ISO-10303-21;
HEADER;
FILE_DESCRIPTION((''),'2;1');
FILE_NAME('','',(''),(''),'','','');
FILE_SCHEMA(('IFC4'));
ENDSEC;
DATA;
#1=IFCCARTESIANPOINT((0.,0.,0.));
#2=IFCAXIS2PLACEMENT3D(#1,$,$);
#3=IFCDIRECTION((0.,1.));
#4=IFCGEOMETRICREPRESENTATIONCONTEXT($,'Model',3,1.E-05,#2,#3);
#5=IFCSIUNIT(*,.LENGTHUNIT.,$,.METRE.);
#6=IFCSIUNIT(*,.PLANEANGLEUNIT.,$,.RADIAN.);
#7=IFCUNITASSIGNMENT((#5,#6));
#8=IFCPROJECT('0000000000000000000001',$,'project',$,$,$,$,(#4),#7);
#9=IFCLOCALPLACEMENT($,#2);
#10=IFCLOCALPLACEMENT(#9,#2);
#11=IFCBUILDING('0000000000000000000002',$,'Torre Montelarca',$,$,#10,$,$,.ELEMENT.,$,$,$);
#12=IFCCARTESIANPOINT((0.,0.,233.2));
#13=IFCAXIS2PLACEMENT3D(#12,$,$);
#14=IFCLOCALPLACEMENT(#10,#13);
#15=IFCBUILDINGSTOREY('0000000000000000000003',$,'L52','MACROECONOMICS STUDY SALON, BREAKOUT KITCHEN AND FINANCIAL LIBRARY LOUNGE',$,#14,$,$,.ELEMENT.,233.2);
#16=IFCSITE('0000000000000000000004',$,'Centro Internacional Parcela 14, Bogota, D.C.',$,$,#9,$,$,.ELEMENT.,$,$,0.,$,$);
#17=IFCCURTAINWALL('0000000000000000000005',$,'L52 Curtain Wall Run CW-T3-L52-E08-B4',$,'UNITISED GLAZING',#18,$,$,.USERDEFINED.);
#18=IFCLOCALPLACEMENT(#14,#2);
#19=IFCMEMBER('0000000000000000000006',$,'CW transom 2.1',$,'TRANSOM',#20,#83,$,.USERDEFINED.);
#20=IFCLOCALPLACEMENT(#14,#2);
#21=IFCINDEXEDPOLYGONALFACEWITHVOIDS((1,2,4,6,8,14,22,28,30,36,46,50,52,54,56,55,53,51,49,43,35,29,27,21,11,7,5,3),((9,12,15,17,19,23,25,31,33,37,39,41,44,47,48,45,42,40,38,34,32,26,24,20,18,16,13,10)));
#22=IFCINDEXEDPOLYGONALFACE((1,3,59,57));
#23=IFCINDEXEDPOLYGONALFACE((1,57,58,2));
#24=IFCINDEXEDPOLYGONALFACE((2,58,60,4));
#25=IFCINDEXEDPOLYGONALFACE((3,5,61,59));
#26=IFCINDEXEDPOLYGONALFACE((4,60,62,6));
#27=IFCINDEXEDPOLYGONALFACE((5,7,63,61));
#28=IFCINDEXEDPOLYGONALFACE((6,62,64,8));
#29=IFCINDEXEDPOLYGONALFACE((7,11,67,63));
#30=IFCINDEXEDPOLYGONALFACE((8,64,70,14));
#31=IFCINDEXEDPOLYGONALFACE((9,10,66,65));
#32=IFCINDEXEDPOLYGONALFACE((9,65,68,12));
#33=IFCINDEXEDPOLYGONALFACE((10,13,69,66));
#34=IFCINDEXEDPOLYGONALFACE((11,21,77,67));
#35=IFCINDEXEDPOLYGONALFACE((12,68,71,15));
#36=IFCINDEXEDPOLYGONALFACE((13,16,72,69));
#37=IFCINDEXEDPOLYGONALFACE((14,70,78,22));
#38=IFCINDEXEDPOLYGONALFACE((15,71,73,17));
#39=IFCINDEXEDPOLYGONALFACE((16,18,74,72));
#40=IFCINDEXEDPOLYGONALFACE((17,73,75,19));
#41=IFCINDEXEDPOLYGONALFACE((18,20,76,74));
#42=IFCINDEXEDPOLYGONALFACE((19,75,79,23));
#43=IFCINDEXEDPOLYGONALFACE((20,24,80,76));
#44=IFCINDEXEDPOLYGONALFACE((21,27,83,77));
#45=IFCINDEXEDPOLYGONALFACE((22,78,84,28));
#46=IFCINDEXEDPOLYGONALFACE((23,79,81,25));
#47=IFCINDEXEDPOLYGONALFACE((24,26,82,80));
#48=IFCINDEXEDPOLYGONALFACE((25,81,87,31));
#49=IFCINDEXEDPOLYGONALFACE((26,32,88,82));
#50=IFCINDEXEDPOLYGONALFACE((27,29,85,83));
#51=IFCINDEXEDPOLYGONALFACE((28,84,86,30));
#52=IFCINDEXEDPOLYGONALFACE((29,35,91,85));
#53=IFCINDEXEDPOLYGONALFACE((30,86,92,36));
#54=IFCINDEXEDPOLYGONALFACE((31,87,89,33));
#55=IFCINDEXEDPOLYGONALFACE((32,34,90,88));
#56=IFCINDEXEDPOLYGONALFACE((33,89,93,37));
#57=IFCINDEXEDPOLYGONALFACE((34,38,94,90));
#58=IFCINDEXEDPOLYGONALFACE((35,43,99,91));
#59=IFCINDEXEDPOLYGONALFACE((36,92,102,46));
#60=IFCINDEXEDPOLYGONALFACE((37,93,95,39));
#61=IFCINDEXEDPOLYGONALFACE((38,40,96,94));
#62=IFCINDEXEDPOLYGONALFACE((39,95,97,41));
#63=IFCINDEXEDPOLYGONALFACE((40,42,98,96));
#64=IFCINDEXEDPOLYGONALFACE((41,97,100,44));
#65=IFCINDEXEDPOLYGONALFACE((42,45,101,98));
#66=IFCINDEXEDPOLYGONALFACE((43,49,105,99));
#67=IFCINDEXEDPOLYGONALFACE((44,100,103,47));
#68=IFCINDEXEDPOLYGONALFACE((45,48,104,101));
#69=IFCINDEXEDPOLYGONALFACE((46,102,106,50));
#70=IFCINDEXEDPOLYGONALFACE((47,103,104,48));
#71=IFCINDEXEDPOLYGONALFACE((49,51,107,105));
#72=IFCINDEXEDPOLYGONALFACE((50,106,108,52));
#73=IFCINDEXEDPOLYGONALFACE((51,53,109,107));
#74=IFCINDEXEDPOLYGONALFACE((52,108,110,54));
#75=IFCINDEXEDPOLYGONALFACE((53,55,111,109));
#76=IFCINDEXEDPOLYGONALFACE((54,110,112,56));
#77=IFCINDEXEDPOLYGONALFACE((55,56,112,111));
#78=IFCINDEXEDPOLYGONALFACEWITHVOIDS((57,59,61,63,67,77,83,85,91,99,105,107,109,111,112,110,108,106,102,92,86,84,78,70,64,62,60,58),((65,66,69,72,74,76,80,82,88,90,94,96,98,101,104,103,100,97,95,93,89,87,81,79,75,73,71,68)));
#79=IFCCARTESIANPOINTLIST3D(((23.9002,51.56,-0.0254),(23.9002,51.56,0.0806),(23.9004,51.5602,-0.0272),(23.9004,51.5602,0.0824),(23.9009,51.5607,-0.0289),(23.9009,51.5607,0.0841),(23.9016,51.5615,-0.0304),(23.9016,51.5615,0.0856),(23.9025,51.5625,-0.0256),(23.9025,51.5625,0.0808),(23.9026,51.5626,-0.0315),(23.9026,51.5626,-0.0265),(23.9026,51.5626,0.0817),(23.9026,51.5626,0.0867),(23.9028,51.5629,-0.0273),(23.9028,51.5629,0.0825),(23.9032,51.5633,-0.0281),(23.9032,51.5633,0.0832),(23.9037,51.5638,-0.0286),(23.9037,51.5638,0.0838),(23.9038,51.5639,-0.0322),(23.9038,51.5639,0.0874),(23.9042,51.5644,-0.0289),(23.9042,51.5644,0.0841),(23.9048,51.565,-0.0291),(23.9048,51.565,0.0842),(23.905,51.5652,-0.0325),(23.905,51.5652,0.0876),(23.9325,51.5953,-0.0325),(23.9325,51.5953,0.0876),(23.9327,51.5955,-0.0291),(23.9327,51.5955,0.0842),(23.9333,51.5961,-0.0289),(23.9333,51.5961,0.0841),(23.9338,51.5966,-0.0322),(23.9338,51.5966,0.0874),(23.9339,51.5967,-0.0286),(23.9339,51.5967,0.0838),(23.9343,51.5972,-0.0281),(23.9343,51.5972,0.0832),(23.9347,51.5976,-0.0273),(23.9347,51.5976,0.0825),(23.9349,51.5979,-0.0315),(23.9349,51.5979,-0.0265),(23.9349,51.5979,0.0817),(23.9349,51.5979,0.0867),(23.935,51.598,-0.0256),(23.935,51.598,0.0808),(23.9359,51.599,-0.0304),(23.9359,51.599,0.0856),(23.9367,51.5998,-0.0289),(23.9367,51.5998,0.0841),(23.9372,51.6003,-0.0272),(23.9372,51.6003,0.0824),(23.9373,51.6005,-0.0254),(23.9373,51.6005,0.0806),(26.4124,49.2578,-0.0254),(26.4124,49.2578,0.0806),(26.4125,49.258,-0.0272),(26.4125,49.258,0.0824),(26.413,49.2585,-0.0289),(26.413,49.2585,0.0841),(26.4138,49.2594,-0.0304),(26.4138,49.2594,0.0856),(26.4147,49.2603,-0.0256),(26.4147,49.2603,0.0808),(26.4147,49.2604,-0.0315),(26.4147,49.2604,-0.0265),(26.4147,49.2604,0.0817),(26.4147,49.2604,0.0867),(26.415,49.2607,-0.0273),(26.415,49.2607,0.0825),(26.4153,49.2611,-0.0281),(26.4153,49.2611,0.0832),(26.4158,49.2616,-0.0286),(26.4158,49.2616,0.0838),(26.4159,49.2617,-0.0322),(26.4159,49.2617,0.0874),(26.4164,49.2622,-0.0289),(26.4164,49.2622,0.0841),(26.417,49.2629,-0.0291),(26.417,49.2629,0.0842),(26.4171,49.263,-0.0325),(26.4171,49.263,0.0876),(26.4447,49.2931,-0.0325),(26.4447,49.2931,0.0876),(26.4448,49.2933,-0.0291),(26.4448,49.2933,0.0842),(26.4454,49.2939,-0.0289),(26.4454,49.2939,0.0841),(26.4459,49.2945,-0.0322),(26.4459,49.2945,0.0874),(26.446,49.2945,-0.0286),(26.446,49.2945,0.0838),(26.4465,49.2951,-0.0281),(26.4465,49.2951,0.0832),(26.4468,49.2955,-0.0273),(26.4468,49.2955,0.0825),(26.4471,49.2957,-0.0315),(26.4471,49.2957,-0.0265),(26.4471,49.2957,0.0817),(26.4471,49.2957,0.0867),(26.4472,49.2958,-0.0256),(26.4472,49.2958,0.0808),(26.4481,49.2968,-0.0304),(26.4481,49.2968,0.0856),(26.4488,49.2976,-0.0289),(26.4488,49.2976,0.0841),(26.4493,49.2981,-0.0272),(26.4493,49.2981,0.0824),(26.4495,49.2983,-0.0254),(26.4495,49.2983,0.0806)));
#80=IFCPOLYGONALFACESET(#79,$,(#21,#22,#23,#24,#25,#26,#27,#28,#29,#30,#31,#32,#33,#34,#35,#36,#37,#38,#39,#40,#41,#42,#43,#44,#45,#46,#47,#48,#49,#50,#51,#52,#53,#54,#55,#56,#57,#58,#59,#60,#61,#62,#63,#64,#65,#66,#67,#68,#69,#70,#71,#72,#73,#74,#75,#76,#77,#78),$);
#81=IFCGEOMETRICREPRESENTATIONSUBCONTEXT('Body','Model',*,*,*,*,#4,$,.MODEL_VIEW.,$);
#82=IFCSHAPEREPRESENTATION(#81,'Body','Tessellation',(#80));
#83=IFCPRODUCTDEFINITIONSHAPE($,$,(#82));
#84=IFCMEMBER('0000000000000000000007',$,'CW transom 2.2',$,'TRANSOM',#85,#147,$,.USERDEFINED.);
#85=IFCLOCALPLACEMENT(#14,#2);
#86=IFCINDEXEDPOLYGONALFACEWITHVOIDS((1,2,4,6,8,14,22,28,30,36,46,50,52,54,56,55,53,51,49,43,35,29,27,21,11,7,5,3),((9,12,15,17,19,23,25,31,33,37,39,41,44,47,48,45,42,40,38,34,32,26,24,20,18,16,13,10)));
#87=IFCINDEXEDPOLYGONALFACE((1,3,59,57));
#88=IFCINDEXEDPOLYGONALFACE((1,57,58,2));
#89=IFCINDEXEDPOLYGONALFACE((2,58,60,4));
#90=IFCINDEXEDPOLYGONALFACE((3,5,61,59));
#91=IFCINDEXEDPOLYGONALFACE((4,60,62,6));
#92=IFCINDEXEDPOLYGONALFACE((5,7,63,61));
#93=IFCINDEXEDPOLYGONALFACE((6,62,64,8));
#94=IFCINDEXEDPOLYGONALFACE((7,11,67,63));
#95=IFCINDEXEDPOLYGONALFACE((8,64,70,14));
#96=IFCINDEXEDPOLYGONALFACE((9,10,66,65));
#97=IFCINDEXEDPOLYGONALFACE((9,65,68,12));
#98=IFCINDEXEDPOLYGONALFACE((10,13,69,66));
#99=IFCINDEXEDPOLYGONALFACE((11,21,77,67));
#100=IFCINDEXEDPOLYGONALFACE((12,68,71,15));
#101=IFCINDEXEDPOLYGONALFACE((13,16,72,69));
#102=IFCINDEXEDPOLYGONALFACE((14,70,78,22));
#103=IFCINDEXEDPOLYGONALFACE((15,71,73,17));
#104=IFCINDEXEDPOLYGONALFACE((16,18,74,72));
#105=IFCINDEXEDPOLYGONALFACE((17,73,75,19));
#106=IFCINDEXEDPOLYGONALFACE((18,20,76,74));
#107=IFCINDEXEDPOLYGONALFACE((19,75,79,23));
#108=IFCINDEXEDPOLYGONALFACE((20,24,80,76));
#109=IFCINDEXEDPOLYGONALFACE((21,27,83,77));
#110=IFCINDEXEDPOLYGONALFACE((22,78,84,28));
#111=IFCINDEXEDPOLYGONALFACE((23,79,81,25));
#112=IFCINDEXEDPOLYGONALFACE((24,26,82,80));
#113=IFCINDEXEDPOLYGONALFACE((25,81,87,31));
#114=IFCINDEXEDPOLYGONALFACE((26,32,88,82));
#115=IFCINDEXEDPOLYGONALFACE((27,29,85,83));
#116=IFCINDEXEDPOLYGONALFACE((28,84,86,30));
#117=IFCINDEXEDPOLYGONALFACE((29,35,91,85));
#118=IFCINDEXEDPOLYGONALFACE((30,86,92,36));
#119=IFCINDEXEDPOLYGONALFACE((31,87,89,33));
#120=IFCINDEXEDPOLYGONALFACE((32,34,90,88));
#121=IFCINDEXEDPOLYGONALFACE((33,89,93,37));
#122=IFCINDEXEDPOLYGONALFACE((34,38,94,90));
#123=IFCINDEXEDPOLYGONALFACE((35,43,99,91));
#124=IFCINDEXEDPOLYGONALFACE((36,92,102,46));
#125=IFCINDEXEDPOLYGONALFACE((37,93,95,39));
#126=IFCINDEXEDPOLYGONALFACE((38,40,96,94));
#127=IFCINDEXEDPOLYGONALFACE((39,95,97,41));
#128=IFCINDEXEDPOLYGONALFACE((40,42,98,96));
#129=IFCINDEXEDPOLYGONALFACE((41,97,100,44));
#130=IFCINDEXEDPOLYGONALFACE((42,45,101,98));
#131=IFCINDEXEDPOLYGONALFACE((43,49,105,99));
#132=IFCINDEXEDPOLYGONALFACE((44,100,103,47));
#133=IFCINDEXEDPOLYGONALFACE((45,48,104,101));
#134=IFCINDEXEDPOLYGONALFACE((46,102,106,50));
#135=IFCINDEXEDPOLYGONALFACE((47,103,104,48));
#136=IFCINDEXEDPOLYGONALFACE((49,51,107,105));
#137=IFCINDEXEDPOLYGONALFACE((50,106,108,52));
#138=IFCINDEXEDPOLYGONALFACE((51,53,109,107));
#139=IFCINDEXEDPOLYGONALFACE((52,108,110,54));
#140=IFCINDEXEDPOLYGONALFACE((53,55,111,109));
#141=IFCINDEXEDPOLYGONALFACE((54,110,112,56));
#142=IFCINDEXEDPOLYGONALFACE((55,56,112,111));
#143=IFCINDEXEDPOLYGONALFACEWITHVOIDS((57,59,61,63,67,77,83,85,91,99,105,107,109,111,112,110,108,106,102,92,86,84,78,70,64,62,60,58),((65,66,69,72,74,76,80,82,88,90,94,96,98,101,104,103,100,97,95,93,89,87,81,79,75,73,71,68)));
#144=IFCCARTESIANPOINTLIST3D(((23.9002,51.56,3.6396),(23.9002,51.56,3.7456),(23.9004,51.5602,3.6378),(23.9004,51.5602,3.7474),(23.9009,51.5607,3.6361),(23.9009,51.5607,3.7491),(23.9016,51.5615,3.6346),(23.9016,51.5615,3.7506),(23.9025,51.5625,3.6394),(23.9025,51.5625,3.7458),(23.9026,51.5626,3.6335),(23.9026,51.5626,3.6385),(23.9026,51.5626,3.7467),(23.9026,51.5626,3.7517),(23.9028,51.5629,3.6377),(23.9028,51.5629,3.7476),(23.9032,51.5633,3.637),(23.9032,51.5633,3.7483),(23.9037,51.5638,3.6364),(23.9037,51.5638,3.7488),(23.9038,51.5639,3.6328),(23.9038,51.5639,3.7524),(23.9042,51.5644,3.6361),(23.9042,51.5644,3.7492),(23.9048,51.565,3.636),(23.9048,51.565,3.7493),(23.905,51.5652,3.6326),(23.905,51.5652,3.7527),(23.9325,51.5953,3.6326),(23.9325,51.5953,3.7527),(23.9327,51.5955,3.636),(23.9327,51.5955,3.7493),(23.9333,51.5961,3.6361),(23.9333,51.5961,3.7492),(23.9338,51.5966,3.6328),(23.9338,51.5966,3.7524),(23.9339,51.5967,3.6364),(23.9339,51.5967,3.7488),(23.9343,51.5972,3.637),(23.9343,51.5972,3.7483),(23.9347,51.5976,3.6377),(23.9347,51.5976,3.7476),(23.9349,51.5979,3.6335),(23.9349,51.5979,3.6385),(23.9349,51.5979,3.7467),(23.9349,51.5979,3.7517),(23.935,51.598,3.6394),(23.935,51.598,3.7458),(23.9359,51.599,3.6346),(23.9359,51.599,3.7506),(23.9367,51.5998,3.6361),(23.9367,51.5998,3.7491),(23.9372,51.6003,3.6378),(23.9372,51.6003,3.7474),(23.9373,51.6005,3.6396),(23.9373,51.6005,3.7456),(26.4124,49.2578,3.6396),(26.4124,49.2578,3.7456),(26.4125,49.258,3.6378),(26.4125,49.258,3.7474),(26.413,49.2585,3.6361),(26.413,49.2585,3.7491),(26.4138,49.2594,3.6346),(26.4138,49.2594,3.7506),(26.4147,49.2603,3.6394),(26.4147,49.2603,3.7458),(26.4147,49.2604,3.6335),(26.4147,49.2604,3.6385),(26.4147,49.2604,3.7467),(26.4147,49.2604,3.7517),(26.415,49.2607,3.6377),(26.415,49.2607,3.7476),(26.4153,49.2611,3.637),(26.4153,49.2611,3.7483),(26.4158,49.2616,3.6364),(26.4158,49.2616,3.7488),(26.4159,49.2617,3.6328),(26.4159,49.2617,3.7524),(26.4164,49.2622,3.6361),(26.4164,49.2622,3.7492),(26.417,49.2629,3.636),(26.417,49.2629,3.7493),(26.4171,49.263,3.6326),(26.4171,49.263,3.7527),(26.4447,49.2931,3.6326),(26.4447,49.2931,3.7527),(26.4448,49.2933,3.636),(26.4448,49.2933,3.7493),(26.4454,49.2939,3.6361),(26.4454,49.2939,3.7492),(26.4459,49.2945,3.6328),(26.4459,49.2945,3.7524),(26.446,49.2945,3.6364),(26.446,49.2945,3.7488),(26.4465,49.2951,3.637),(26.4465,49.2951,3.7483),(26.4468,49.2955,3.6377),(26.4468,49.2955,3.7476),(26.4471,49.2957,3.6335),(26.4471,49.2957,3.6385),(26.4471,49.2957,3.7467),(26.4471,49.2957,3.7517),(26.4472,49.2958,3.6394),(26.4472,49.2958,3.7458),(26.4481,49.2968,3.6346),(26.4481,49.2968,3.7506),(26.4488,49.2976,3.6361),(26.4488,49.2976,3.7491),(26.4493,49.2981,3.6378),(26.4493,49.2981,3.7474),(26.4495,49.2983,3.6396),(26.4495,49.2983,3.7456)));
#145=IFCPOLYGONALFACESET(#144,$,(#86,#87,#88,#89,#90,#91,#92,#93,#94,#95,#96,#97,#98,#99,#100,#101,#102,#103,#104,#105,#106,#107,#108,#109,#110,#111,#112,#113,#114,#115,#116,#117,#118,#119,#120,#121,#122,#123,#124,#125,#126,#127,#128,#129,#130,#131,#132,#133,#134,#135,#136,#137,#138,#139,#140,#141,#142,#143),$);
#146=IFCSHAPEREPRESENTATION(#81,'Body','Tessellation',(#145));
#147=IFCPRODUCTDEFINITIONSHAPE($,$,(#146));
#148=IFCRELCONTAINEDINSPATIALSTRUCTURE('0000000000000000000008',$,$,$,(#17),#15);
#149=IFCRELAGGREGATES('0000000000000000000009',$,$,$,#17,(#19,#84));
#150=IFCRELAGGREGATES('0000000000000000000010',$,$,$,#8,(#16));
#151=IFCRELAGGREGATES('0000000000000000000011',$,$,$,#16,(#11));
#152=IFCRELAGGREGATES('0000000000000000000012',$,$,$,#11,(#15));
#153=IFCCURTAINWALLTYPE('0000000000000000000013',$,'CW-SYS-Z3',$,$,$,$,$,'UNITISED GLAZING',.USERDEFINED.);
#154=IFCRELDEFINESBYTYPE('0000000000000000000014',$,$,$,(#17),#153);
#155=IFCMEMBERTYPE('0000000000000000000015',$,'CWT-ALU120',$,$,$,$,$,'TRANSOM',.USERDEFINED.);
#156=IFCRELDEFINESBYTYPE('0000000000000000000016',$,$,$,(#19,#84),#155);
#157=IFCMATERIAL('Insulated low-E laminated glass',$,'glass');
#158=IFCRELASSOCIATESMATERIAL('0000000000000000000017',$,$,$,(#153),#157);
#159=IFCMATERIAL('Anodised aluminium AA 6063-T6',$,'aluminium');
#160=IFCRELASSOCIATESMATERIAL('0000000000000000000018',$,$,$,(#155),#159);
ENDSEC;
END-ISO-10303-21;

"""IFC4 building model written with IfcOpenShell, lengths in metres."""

from ifc_helpers import new_model, si_unit, direction, frame, origin, origin_2d, place, context, subcontext, project, spatial, hollow_rectangle, extrude, source, transform, mapped, material, material_profile, profile_set, type_object, element, aggregate, save


model = new_model("IFC4")

# Units and contexts
model_context = context("Model", 3, precision=1e-05, world=origin(), true_north=direction((0.0, 1.0)))
body_context = subcontext(model_context, "Body", "Model", "MODEL_VIEW")
ifc_project = project(units=[si_unit("LENGTHUNIT", "METRE"), si_unit("PLANEANGLEUNIT", "RADIAN")], contexts=[model_context])

# Site, building, storey
site_placement = place(None, origin())
site = spatial("IfcSite", under=ifc_project, at=site_placement, Name="Centro Internacional Parcela 14, Bogota, D.C.", CompositionType="ELEMENT", RefElevation=0.0)
building_placement = place(site_placement, origin())
building = spatial("IfcBuilding", under=site, at=building_placement, Name="Torre Montelarca", CompositionType="ELEMENT")
storey_placement = place(building_placement, frame((0.0, 0.0, 233.2)))
storey = spatial("IfcBuildingStorey", under=building, at=storey_placement, Name="L52", Description="MACROECONOMICS STUDY SALON, BREAKOUT KITCHEN AND FINANCIAL LIBRARY LOUNGE", CompositionType="ELEMENT", Elevation=233.2)

# Curtain wall, members
ifc_material_1 = material(Name="Insulated low-E laminated glass", Category="glass")
curtain_wall_type = type_object("IfcCurtainWallType", Name="CW-SYS-Z3", ElementType="UNITISED GLAZING", PredefinedType="USERDEFINED", material=ifc_material_1)
ifc_material_2 = material(Name="Anodised aluminium AA 6063-T6", Category="aluminium")
ifc_material_profile_1 = material_profile(ifc_material_2, hollow_rectangle(XDim=0.0549, YDim=0.1201, WallThickness=0.0034, InnerFilletRadius=0.0034, OuterFilletRadius=0.0071, at=origin_2d()), Name="ALU55X120X3.5", Category="aluminium")
ifc_profile_set_1 = profile_set([ifc_material_profile_1], Name="Anodised aluminium AA 6063-T6")
member_type_1 = type_object("IfcMemberType", Name="CWT-ALU120", ElementType="TRANSOM", PredefinedType="USERDEFINED", material=ifc_profile_set_1)
curtain_wall_1_placement = place(storey_placement, origin())
curtain_wall_1 = element("IfcCurtainWall", 1, at=curtain_wall_1_placement, inside=storey, type_object=curtain_wall_type, Name="L52 Curtain Wall Run CW-T3-L52-E08-B4", ObjectType="UNITISED GLAZING", PredefinedType="USERDEFINED")
shared_shape_1 = source(origin(), body_context, "Body", "SweptSolid", [
    extrude(hollow_rectangle(XDim=0.0549, YDim=0.1201, WallThickness=0.0034, InnerFilletRadius=0.0034, OuterFilletRadius=0.0071, at=origin_2d()), origin(), (0.0, 0.0, 1.0), 3.4075),
])
member_1_placement = place(storey_placement, frame((26.4309, 49.2781, 0.0276), z_axis=(-0.737243, 0.675627, 0.0), x_axis=(-0.675627, -0.737243, 0.0)))
member_1 = element("IfcMember", 2, at=member_1_placement, type_object=member_type_1, Name="CW transom 2.1", ObjectType="TRANSOM", PredefinedType="USERDEFINED", context=body_context, shape_type="MappedRepresentation", body=[
    mapped(shared_shape_1, transform((0.0, 0.0, 0.0), scale=1.0)),
])
member_2_placement = place(storey_placement, frame((26.4309, 49.2781, 3.6926), z_axis=(-0.737243, 0.675627, 0.0), x_axis=(-0.675627, -0.737243, 0.0)))
member_2 = element("IfcMember", 3, at=member_2_placement, type_object=member_type_1, Name="CW transom 2.2", ObjectType="TRANSOM", PredefinedType="USERDEFINED", context=body_context, shape_type="MappedRepresentation", body=[
    mapped(shared_shape_1, transform((0.0, 0.0, 0.0), scale=1.0)),
])

aggregate(curtain_wall_1, [member_1, member_2])

save(model, "model.ifc")
